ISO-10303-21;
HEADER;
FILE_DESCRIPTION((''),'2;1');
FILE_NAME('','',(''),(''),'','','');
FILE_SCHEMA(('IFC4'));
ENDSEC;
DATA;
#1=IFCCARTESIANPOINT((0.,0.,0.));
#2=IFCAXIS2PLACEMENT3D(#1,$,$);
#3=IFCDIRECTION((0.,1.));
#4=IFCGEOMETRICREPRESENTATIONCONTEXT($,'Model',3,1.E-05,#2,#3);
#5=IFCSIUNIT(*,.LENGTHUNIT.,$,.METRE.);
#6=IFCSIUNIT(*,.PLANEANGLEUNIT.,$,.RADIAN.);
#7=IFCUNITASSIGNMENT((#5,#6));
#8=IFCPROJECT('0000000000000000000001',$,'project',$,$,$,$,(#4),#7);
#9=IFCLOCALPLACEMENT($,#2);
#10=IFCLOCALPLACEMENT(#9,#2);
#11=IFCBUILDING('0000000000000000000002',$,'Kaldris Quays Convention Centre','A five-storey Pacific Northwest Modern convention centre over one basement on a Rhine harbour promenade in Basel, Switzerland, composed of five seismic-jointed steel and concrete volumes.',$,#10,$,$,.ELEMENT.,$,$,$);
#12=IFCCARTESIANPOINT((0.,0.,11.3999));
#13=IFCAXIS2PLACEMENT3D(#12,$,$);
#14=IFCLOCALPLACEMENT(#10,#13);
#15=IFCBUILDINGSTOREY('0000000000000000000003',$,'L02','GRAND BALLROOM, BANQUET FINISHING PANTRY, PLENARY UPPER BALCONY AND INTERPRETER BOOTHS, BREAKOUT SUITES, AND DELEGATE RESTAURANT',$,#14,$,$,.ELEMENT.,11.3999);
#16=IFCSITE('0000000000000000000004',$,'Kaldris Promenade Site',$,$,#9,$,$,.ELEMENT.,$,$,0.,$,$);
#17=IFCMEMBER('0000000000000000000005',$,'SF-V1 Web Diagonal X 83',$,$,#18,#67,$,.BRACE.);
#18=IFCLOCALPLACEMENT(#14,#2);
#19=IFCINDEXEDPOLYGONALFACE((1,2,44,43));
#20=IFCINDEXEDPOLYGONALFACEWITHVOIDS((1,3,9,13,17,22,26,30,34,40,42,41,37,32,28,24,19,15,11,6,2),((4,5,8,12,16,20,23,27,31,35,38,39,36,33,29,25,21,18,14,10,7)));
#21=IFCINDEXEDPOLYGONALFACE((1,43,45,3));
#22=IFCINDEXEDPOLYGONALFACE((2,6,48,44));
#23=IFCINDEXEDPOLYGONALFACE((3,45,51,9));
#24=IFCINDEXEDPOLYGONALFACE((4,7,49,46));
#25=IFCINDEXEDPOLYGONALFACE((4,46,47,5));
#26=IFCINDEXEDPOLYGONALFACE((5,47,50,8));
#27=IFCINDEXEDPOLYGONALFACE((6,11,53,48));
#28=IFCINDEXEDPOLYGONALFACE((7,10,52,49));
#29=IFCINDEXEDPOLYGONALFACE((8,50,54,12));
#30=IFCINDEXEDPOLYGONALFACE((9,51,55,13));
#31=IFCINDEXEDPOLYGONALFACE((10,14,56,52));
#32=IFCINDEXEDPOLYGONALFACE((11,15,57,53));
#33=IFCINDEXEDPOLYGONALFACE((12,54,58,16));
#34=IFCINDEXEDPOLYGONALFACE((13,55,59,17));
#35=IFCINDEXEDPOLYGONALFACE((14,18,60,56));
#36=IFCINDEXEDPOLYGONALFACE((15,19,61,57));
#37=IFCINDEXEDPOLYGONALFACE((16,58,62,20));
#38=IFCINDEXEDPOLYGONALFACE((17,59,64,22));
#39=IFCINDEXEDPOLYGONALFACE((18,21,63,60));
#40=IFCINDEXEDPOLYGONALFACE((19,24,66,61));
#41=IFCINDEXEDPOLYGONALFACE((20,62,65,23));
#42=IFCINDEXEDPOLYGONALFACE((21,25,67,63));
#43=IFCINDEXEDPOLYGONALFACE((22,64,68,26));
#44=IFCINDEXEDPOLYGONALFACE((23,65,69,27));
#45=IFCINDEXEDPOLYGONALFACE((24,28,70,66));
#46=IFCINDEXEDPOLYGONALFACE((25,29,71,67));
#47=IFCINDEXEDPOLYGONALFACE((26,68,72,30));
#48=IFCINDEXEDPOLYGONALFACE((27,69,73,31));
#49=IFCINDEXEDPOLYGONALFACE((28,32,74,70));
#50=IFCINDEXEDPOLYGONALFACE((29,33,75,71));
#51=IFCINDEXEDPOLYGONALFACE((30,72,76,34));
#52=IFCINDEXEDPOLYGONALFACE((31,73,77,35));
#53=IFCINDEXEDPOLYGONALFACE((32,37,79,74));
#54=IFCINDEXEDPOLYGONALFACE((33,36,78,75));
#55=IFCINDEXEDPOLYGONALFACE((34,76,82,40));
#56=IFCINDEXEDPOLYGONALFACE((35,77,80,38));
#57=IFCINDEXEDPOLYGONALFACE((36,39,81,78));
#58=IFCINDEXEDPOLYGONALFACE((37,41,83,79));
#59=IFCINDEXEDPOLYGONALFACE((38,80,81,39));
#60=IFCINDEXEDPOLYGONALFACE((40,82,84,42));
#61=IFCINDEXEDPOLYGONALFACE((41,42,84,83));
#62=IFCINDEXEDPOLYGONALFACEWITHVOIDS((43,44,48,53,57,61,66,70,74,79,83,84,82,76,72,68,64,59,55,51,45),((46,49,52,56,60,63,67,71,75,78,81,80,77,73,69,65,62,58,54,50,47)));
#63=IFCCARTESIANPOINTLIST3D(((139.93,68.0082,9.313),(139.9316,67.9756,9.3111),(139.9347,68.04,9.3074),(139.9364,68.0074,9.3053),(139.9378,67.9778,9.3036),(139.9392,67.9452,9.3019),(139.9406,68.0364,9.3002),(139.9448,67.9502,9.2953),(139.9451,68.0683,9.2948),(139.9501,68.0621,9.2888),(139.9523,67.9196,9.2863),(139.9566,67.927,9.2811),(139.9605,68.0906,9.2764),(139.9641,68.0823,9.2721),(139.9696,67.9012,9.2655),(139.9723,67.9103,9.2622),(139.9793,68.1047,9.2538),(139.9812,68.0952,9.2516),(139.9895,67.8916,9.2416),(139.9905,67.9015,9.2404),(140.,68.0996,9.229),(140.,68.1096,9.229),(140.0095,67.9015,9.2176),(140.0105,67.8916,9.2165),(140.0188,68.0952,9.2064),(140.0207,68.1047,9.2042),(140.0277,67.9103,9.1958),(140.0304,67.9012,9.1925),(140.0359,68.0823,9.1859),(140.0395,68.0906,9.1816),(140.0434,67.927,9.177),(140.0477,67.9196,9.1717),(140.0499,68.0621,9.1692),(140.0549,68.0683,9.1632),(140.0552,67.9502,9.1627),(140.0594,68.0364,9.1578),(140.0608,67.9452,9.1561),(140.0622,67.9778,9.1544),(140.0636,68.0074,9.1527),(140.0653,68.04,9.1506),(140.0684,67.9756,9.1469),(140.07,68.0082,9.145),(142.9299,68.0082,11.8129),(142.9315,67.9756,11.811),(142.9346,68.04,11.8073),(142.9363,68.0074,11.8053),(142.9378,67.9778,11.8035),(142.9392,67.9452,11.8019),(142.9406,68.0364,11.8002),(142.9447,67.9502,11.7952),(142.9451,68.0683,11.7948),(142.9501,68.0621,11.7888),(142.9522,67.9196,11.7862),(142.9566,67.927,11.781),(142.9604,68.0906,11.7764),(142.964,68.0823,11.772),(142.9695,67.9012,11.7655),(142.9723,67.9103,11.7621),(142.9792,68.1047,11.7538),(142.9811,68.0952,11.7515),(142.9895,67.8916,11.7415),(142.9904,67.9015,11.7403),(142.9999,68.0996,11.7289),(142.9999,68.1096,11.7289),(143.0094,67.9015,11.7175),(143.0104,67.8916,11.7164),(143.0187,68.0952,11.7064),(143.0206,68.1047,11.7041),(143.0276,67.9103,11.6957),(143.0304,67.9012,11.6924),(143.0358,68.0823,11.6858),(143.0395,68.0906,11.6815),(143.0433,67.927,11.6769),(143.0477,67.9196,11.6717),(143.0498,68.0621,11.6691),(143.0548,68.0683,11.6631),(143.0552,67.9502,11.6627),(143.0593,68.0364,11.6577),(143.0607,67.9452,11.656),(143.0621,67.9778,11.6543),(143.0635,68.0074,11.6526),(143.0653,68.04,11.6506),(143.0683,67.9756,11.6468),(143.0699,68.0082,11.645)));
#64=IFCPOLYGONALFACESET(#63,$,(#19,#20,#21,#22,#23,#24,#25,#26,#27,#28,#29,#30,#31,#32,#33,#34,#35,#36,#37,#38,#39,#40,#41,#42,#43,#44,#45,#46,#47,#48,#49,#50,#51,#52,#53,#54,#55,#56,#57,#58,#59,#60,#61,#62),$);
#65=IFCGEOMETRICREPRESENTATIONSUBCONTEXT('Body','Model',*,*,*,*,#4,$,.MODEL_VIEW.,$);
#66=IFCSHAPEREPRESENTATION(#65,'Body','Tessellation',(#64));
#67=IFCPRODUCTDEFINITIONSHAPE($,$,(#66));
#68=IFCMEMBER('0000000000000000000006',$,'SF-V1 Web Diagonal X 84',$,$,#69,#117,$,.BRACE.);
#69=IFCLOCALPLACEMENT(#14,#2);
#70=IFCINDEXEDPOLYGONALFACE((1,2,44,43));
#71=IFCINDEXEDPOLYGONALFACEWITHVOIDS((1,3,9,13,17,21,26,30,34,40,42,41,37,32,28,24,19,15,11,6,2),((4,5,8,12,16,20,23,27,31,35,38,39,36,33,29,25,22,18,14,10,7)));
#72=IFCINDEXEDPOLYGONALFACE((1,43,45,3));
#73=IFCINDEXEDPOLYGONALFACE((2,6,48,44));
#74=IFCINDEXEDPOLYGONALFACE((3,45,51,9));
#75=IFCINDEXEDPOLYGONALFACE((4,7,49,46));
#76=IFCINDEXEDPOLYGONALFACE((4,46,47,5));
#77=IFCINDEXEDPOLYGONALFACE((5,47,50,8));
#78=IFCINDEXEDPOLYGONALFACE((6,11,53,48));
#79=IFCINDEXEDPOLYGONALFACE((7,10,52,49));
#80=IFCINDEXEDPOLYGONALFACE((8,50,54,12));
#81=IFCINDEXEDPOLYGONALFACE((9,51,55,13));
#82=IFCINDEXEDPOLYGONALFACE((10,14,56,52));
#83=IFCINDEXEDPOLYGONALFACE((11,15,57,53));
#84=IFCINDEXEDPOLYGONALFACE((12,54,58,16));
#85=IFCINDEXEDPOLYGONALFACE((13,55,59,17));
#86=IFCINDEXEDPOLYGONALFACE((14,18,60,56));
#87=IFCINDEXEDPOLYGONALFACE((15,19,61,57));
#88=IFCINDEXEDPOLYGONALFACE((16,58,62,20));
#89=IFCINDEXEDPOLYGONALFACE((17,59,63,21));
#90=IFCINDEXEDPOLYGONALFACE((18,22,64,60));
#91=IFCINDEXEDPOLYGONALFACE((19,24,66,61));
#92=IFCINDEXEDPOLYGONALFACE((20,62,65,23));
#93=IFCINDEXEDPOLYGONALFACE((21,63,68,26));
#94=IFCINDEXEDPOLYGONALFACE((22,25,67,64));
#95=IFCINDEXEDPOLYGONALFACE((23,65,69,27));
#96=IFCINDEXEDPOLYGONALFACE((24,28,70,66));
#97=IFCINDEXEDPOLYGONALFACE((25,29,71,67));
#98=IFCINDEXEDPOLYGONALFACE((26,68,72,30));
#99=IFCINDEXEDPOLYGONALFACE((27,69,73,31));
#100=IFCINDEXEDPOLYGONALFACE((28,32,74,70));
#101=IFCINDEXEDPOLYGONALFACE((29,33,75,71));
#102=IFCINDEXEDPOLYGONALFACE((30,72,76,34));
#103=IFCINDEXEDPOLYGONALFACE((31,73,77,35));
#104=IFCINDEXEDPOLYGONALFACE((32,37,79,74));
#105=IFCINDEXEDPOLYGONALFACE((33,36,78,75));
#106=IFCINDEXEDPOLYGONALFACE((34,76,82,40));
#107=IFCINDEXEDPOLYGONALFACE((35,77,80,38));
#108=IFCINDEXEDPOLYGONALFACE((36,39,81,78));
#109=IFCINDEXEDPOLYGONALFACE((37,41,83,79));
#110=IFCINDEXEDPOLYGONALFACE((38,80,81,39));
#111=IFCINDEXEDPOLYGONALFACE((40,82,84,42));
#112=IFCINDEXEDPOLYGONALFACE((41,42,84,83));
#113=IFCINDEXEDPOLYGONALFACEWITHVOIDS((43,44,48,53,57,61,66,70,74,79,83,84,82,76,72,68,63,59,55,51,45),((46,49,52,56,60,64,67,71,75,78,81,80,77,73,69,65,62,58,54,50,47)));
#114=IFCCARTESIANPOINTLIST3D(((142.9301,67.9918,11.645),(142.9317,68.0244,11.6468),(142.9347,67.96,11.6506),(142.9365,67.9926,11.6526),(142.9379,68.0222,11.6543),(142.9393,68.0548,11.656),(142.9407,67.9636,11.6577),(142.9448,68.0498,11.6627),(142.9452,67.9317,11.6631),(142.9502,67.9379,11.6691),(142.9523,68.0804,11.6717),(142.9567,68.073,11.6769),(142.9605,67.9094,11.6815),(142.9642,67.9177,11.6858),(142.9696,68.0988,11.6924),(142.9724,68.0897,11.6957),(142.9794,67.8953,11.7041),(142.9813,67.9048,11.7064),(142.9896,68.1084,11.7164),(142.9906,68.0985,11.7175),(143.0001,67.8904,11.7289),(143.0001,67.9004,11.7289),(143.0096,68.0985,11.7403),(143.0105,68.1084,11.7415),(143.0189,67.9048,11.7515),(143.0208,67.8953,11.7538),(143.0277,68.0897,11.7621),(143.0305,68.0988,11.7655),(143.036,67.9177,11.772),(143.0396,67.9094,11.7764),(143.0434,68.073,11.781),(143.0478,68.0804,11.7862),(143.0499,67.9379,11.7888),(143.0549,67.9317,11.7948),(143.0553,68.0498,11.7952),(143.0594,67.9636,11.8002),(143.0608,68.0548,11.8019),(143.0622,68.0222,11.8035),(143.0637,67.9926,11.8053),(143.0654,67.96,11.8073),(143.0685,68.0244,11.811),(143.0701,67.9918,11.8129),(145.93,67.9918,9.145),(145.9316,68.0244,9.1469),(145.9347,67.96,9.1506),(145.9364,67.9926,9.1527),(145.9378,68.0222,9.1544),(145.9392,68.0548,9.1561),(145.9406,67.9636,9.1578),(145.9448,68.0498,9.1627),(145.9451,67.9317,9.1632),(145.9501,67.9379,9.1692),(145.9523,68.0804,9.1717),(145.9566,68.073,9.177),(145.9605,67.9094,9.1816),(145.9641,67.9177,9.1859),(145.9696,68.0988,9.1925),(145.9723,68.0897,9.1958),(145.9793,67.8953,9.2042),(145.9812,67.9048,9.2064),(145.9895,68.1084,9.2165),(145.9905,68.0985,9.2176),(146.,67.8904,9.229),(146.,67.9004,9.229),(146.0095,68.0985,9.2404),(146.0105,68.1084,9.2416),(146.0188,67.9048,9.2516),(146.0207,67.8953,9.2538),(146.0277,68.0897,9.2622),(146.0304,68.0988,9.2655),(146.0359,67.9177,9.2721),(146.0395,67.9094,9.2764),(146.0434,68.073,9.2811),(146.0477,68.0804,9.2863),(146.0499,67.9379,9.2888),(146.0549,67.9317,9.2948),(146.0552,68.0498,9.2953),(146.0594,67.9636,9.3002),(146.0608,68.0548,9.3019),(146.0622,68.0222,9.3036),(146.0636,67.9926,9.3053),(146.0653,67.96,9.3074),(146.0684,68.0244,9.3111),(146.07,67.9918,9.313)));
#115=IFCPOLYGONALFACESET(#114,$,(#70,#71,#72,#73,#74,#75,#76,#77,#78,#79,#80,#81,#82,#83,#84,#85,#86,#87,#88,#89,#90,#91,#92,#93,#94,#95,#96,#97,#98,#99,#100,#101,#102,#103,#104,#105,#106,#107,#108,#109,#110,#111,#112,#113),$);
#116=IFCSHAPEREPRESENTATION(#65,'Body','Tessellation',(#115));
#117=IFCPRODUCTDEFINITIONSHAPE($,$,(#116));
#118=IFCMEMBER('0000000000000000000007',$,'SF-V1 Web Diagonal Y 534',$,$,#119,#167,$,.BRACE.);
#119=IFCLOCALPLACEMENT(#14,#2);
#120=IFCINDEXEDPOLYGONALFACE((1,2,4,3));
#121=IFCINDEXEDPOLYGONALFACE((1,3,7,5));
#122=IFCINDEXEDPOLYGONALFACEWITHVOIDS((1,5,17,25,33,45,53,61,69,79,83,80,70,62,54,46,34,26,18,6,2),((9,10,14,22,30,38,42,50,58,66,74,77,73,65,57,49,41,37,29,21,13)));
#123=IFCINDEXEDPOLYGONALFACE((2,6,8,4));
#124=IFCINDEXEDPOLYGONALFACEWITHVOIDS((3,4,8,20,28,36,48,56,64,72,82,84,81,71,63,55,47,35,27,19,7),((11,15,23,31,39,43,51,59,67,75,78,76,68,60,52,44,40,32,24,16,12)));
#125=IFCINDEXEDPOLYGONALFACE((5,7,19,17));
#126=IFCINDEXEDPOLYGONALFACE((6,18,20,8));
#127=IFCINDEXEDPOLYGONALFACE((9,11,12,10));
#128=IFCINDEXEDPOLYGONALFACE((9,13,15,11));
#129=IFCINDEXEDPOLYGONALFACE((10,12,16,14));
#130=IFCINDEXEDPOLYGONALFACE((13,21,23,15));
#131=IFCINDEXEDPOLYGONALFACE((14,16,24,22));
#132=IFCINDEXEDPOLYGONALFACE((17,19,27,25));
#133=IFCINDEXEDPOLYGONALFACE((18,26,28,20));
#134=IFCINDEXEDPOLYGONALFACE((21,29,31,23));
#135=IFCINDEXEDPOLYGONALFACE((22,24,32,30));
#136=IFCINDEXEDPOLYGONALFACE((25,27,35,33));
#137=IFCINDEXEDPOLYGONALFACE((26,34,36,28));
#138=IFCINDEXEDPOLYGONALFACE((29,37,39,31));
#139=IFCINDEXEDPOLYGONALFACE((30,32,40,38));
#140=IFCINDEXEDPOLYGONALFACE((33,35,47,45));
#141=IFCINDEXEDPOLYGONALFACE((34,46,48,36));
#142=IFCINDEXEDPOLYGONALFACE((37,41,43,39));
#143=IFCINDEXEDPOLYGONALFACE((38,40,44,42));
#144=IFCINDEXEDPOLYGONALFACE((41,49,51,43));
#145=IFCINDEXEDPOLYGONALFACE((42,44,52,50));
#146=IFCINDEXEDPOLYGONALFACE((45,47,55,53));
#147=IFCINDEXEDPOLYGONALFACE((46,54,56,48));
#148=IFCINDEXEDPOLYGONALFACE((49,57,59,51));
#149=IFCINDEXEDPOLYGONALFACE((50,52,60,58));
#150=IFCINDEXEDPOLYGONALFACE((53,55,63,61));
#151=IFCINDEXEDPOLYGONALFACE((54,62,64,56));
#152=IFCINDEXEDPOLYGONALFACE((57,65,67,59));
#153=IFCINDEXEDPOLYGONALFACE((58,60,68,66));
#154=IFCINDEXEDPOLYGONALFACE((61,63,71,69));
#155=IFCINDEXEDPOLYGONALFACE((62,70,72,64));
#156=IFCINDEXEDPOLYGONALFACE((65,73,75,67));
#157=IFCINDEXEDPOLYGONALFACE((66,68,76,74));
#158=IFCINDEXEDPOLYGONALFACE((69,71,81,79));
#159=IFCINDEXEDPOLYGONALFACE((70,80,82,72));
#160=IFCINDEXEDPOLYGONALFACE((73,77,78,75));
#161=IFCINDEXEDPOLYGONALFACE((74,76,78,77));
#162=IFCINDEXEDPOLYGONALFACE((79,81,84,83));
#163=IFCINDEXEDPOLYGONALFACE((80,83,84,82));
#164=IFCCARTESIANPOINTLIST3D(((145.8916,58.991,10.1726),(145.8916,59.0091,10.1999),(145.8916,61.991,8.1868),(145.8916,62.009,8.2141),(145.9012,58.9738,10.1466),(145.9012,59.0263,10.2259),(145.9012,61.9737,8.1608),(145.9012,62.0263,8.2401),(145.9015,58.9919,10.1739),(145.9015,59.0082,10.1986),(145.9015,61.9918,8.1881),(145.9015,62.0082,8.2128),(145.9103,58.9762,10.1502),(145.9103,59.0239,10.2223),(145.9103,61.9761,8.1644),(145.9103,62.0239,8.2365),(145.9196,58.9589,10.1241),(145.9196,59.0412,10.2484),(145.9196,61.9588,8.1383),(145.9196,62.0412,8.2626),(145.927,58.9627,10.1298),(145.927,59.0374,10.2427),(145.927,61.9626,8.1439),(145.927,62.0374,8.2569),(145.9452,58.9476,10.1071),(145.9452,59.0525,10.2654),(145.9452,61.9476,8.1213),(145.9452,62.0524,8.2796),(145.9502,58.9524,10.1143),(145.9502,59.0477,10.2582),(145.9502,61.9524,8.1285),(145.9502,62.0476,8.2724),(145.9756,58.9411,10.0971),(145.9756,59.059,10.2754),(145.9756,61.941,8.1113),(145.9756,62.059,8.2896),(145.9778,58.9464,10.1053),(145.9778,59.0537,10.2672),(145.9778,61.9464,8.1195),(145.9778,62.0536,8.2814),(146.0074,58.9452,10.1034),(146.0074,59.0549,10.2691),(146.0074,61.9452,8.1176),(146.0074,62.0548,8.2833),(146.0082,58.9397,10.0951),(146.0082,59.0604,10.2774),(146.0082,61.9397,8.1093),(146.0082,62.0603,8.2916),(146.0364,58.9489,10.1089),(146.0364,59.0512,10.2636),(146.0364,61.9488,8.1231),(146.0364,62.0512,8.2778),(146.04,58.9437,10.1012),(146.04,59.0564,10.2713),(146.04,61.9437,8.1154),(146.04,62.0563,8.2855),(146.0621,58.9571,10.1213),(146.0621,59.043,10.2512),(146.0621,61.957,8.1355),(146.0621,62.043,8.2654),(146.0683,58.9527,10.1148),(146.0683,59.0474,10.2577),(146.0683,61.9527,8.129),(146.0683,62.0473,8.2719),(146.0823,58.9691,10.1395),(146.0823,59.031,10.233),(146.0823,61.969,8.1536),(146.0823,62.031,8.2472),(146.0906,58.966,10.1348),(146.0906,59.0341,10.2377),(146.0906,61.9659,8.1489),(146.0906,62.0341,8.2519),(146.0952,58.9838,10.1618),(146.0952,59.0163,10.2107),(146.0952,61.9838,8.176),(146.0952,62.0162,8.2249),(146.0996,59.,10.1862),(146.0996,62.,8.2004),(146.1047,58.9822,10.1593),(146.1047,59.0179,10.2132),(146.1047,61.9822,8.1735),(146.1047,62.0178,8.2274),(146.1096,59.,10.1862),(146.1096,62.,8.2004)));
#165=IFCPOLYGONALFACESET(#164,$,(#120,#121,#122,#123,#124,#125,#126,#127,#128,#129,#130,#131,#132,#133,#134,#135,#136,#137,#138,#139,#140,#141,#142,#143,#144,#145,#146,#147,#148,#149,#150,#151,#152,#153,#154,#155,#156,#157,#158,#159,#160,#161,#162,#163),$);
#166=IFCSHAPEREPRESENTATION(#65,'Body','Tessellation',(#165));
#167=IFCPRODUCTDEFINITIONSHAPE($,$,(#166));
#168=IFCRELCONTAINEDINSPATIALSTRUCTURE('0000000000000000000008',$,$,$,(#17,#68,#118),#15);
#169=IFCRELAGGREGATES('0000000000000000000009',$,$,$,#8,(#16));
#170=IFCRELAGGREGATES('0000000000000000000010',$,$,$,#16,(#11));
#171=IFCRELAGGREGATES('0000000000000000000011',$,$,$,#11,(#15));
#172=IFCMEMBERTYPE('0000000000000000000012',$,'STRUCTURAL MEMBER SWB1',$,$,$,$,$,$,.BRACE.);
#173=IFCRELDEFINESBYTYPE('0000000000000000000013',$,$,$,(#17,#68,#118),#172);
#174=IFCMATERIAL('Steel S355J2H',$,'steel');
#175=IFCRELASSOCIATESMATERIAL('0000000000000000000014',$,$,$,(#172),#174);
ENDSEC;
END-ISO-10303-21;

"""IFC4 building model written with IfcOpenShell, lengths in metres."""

from ifc_helpers import new_model, si_unit, direction, frame, origin, origin_2d, place, context, subcontext, project, spatial, hollow_circle, extrude, material, material_profile, profile_set, type_object, element, save


model = new_model("IFC4")

# Units and contexts
model_context = context("Model", 3, precision=1e-05, world=origin(), true_north=direction((0.0, 1.0)))
body_context = subcontext(model_context, "Body", "Model", "MODEL_VIEW")
ifc_project = project(units=[si_unit("LENGTHUNIT", "METRE"), si_unit("PLANEANGLEUNIT", "RADIAN")], contexts=[model_context])

# Site, building, storey
site_placement = place(None, origin())
site = spatial("IfcSite", under=ifc_project, at=site_placement, Name="Kaldris Promenade Site", CompositionType="ELEMENT", RefElevation=0.0)
building_placement = place(site_placement, origin())
building = spatial("IfcBuilding", under=site, at=building_placement, Name="Kaldris Quays Convention Centre", Description="A five-storey Pacific Northwest Modern convention centre over one basement on a Rhine harbour promenade in Basel, Switzerland, composed of five seismic-jointed steel and concrete volumes.", CompositionType="ELEMENT")
storey_placement = place(building_placement, frame((0.0, 0.0, 11.3999)))
storey = spatial("IfcBuildingStorey", under=building, at=storey_placement, Name="L02", Description="GRAND BALLROOM, BANQUET FINISHING PANTRY, PLENARY UPPER BALCONY AND INTERPRETER BOOTHS, BREAKOUT SUITES, AND DELEGATE RESTAURANT", CompositionType="ELEMENT", Elevation=11.3999)

# Members
ifc_material_1 = material(Name="Steel S355J2H", Category="steel")
ifc_material_profile_1 = material_profile(ifc_material_1, hollow_circle(Radius=0.1096, WallThickness=0.01, at=origin_2d()), Name="CHS 219.1x10")
ifc_profile_set_1 = profile_set([ifc_material_profile_1], Name="Steel S355J2H")
member_type_1 = type_object("IfcMemberType", Name="STRUCTURAL MEMBER SWB1", PredefinedType="BRACE", material=ifc_profile_set_1)
for number, where, z_axis, x_axis, name in (
    (1, (140.0, 68.0, 9.229), (0.768221, 0.0, 0.640184), (0.0, 1.0, 0.0), "SF-V1 Web Diagonal X 83"),
    (2, (146.0, 68.0, 9.229), (-0.768221, 0.0, 0.640184), (0.0, -1.0, 0.0), "SF-V1 Web Diagonal X 84"),
):
    element("IfcMember", number, at=place(storey_placement, frame(where, z_axis=z_axis, x_axis=x_axis)), inside=storey, type_object=member_type_1, Name=name, PredefinedType="BRACE", context=body_context, shape_type="SweptSolid", body=[
        extrude(hollow_circle(Radius=0.1096, WallThickness=0.01, at=origin_2d()), origin(), (0.0, 0.0, 1.0), 3.905),
    ])
member_1_placement = place(storey_placement, frame((146.0, 62.0, 8.2004), z_axis=(0.0, -0.833862, 0.551972), x_axis=(1.0, 0.0, 0.0)))
element("IfcMember", 3, at=member_1_placement, inside=storey, type_object=member_type_1, Name="SF-V1 Web Diagonal Y 534", PredefinedType="BRACE", context=body_context, shape_type="SweptSolid", body=[
    extrude(hollow_circle(Radius=0.1096, WallThickness=0.01, at=origin_2d()), origin(), (0.0, 0.0, 1.0), 3.5977),
])

save(model, "model.ifc")
